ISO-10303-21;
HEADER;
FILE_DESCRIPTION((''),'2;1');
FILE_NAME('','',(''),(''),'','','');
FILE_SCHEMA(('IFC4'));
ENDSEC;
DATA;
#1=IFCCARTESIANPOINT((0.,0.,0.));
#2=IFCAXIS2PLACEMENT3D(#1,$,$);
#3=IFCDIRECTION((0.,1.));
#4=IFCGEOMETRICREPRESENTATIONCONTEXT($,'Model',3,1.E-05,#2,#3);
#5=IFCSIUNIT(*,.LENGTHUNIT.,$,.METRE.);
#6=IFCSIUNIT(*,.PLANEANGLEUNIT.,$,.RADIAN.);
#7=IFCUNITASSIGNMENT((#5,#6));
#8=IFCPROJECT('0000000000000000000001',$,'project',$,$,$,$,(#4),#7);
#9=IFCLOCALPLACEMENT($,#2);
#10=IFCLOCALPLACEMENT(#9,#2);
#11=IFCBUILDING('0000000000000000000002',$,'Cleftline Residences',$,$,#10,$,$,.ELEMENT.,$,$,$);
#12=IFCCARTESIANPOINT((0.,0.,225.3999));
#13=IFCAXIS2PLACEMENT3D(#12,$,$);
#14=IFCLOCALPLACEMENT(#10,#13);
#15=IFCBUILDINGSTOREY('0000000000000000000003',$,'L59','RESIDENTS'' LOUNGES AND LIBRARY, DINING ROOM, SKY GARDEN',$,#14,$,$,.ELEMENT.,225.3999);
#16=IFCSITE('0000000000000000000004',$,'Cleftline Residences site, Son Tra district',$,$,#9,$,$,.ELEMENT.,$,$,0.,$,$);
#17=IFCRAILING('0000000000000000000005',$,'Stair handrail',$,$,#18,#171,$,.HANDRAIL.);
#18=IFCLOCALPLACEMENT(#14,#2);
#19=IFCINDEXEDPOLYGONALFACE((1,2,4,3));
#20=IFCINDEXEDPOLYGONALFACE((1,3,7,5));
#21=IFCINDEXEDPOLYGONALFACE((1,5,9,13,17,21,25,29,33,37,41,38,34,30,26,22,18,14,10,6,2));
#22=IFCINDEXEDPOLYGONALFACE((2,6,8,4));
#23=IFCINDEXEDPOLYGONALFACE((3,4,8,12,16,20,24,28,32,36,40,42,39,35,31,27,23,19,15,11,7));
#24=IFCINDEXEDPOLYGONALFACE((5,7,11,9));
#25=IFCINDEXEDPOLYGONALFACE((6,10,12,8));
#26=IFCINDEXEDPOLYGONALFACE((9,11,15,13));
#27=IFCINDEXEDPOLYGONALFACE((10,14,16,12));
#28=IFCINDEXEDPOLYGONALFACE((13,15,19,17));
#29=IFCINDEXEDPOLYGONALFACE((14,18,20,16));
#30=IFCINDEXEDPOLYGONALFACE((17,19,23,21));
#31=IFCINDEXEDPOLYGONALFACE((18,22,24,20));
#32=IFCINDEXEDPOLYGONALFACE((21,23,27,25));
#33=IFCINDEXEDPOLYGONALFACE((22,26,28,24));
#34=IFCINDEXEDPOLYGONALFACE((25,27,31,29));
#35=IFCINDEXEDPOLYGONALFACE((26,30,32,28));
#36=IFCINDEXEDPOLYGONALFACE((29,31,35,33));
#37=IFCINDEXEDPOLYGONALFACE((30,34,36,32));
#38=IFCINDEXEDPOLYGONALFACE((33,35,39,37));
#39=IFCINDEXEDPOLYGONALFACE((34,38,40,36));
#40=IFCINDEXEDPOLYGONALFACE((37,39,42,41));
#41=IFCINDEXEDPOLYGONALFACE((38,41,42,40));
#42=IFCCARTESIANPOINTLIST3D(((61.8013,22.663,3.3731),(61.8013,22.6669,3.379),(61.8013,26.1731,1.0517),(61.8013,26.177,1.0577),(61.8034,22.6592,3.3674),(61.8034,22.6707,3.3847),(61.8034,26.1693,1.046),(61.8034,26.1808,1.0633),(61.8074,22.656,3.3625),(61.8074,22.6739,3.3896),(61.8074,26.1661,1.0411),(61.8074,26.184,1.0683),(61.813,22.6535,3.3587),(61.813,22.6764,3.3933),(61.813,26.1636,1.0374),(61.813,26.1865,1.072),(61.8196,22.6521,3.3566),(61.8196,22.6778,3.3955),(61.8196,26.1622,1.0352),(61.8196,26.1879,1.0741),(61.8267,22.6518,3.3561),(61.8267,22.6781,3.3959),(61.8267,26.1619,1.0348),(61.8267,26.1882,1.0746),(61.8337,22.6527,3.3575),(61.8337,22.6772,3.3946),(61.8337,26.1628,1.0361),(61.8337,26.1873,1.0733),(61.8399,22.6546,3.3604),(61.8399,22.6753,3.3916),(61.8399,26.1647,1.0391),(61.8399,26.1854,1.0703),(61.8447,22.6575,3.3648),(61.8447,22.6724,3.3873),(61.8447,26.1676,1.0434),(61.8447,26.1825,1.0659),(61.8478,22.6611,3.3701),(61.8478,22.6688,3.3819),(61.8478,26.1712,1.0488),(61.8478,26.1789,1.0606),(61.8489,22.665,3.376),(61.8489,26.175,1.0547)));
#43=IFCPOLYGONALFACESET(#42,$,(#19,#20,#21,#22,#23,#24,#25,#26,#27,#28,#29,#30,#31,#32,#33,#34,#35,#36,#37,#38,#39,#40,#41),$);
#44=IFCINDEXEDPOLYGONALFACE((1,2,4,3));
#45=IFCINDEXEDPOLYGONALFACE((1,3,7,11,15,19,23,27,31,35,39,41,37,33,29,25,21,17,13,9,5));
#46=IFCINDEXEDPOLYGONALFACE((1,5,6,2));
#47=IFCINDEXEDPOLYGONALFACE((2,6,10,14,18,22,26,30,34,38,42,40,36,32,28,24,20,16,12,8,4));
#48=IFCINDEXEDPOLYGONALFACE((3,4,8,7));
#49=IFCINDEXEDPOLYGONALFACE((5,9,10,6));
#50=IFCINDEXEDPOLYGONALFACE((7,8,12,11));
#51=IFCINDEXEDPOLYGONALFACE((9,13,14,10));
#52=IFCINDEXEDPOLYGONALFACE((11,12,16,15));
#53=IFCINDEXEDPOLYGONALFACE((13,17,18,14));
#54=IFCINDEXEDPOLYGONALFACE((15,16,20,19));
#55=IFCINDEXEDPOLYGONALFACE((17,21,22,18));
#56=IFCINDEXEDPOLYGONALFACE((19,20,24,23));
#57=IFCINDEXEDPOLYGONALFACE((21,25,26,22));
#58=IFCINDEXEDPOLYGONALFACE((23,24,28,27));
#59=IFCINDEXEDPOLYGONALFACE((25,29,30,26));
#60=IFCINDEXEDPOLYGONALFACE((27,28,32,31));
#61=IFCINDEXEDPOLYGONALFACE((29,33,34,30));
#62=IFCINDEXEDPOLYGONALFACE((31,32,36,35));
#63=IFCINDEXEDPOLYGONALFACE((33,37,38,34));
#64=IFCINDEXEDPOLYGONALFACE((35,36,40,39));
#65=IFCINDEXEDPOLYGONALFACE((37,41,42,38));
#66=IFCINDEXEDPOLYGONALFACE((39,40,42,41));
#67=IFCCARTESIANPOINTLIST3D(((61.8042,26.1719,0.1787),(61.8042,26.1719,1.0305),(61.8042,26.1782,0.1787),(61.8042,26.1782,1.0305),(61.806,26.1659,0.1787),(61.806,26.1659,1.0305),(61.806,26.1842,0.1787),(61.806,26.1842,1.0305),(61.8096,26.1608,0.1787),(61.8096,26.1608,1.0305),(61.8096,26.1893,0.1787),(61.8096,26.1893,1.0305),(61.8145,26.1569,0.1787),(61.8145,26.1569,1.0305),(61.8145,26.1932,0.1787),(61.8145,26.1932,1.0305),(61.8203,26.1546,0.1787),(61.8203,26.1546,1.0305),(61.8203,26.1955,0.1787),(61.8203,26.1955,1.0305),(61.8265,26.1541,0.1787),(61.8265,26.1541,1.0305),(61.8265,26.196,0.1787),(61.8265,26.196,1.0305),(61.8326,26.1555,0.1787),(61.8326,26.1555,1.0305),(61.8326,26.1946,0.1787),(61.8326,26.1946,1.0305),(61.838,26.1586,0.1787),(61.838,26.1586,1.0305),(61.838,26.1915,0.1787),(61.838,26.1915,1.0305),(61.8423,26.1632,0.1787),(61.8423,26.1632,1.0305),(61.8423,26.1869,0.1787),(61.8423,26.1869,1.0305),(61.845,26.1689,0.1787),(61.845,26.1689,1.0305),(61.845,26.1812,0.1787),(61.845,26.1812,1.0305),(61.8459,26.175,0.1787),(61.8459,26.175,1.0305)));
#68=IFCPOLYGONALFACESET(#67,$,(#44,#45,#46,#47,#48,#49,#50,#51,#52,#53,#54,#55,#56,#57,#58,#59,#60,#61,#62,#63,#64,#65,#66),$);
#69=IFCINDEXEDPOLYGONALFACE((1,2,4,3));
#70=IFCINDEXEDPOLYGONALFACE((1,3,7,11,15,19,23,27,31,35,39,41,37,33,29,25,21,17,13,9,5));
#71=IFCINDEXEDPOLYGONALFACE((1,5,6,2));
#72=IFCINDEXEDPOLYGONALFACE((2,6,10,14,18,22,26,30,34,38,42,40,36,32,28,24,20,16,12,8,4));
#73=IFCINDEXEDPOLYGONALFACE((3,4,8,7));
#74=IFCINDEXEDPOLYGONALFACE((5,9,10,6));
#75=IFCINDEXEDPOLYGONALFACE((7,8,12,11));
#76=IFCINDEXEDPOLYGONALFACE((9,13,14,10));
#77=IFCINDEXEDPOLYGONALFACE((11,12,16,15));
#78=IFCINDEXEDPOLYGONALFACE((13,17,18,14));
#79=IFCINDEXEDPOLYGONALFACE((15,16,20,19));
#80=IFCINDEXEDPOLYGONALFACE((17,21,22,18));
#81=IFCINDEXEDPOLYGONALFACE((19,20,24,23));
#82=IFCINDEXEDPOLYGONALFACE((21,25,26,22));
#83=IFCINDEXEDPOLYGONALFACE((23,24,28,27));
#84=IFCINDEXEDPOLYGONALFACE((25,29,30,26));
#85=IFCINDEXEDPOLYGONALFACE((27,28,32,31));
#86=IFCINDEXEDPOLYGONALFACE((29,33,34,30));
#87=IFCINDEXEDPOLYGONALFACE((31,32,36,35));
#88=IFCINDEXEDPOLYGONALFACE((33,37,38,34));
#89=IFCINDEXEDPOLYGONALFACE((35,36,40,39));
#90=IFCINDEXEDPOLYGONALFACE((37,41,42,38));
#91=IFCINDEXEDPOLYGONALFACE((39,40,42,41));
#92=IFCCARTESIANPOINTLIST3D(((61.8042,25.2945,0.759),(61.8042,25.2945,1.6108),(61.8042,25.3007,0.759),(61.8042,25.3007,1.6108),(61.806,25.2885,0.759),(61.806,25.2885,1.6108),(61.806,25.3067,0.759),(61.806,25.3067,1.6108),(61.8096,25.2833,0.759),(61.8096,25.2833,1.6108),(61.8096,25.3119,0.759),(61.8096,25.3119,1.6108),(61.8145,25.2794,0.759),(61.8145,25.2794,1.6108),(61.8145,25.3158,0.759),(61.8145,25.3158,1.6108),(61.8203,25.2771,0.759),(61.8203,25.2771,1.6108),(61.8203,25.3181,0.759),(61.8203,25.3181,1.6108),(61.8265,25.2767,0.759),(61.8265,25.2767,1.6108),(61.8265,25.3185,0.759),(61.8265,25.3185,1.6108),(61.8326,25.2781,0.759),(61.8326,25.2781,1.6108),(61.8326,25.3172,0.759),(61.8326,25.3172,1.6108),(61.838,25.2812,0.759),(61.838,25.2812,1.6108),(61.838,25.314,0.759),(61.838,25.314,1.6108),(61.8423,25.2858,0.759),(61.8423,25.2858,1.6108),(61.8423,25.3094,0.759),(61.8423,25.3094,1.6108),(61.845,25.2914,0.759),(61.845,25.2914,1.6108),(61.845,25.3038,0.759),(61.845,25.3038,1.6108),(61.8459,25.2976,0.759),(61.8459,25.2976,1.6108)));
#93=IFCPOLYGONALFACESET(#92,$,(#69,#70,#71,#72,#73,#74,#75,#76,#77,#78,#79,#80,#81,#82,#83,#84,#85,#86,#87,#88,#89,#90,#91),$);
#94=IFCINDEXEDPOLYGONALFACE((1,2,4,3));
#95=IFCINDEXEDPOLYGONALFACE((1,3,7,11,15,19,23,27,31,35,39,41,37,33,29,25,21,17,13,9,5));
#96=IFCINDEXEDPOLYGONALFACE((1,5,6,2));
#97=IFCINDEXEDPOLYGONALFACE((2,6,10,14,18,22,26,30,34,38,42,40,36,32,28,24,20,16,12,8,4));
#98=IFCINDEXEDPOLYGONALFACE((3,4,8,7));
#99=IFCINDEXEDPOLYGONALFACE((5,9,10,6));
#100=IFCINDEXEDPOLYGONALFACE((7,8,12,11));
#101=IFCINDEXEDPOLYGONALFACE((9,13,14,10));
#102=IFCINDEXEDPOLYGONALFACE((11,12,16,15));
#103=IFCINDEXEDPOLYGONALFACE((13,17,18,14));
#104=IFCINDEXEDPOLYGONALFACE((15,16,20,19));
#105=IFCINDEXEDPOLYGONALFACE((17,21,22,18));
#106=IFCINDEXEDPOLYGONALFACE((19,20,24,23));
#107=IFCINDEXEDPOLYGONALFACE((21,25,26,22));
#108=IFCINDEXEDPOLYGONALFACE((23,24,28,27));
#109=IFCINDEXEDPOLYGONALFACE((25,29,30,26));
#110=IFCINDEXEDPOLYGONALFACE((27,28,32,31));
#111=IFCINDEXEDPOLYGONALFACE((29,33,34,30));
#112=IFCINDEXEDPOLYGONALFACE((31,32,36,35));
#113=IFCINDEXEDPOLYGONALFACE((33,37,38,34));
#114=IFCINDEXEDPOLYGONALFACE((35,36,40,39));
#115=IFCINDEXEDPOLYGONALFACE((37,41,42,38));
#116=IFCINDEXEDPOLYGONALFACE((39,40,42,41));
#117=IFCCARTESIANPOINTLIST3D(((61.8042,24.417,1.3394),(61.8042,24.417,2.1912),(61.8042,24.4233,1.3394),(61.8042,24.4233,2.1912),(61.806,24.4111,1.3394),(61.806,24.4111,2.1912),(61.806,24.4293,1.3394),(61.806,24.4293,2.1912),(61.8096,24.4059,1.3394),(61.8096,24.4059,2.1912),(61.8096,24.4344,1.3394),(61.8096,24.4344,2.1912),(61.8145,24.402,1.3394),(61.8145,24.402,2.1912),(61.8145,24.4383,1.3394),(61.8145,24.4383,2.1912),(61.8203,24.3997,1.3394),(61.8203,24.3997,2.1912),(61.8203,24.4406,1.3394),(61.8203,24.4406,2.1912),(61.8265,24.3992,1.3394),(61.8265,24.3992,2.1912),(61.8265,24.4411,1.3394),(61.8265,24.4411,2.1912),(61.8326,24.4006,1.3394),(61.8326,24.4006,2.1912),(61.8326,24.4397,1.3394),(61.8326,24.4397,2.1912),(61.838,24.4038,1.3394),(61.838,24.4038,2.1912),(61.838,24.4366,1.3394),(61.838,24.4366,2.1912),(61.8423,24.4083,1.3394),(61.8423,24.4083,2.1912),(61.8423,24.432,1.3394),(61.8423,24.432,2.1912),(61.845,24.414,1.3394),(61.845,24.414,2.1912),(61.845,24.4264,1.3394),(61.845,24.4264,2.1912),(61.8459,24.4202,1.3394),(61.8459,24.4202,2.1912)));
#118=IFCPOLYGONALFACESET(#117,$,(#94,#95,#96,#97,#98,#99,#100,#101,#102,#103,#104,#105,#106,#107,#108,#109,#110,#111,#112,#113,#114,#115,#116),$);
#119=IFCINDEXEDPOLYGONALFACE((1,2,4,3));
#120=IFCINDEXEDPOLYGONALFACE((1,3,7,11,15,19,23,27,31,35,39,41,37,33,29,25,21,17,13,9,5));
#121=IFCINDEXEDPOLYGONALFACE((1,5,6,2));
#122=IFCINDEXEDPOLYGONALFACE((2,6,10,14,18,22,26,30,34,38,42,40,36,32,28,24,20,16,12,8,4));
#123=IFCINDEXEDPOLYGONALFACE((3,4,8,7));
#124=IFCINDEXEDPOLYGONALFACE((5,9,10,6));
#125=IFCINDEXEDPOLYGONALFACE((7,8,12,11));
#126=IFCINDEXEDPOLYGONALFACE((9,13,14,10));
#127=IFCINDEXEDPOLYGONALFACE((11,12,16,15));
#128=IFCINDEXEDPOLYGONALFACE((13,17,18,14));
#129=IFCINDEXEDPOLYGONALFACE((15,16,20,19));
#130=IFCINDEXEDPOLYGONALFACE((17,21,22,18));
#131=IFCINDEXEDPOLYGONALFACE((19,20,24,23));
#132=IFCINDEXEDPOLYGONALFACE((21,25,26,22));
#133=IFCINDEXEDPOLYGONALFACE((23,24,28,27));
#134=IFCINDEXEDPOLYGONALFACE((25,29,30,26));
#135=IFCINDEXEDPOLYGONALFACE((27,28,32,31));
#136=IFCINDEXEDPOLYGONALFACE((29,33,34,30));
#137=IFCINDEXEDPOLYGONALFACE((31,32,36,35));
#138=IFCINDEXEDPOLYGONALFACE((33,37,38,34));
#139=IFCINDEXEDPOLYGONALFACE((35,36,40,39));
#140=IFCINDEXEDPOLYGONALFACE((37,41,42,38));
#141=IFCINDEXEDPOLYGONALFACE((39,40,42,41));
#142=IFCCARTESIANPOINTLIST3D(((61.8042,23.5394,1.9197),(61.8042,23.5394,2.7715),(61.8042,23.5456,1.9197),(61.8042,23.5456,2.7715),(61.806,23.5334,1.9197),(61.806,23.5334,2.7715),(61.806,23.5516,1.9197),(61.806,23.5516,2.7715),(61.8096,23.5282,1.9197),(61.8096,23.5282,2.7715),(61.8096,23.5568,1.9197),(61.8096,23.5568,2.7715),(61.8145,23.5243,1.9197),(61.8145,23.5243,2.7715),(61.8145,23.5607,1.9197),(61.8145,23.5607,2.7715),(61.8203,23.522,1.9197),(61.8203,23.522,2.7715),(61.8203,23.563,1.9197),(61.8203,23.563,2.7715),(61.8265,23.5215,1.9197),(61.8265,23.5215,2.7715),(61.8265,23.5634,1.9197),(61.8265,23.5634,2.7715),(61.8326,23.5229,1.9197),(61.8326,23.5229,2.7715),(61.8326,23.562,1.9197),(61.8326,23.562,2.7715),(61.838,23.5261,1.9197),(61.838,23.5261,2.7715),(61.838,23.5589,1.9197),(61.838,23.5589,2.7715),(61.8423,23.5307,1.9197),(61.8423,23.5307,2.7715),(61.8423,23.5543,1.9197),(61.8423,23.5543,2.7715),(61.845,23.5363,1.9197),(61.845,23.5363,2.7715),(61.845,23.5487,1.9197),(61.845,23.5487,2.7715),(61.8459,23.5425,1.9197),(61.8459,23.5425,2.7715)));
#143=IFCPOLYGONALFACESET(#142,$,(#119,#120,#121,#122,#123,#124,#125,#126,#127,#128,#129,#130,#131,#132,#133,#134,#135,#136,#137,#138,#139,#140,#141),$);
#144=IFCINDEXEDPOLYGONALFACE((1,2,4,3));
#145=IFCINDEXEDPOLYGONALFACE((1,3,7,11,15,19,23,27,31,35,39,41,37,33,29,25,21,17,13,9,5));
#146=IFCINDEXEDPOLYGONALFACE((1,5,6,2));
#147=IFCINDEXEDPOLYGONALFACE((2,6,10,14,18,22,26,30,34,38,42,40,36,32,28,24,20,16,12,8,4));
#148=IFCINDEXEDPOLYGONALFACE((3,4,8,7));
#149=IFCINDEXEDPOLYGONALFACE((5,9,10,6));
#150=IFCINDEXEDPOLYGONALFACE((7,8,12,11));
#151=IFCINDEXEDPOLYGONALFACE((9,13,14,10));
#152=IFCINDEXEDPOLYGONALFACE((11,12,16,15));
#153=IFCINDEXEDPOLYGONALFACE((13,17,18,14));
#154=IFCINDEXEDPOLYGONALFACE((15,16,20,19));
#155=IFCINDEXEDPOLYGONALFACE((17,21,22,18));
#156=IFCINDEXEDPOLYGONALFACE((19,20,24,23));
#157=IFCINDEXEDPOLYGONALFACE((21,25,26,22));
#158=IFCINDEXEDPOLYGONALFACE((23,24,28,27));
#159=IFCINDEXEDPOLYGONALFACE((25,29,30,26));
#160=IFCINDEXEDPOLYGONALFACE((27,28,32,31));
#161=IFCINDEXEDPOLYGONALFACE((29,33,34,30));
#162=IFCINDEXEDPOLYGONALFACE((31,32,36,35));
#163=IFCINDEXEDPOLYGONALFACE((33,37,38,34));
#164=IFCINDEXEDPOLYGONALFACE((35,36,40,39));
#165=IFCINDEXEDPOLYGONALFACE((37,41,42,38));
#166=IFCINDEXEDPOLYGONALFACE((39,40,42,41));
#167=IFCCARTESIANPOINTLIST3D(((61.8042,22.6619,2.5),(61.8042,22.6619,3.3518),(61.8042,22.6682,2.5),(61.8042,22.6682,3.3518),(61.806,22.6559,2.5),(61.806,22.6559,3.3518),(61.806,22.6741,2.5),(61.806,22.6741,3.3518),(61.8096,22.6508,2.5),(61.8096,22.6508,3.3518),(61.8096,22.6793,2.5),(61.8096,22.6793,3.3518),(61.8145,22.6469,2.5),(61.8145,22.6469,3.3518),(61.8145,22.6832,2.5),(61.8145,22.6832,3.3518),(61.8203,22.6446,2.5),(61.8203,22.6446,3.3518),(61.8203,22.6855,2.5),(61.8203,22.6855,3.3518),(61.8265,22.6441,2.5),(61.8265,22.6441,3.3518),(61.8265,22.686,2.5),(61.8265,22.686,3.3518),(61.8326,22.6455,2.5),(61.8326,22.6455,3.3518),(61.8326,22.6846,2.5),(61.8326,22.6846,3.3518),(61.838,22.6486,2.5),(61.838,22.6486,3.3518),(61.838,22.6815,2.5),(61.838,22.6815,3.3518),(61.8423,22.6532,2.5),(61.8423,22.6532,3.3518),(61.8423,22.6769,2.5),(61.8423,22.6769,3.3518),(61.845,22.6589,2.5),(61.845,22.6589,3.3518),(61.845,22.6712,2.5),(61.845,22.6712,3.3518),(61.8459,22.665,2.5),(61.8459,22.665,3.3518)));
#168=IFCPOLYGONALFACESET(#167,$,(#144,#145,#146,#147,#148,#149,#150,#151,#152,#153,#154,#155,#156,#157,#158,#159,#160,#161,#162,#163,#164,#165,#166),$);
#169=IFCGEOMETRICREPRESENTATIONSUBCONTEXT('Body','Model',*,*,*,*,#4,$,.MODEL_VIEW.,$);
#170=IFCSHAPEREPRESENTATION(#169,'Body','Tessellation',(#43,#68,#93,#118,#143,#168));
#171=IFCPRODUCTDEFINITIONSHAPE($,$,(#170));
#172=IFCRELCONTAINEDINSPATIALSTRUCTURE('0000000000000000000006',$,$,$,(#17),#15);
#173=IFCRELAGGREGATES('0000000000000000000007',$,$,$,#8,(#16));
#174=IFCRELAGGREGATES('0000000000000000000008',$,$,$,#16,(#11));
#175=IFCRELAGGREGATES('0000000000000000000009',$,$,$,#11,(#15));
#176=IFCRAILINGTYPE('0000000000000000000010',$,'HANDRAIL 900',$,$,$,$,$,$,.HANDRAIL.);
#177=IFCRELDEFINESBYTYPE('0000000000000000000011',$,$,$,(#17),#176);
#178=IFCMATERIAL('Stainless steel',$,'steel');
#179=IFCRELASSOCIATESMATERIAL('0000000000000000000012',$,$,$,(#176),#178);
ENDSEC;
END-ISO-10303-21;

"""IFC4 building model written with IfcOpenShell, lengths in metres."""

from ifc_helpers import new_model, si_unit, direction, frame, origin, origin_2d, place, context, subcontext, project, spatial, circle, extrude, material, type_object, element, save


model = new_model("IFC4")

# Units and contexts
model_context = context("Model", 3, precision=1e-05, world=origin(), true_north=direction((0.0, 1.0)))
body_context = subcontext(model_context, "Body", "Model", "MODEL_VIEW")
ifc_project = project(units=[si_unit("LENGTHUNIT", "METRE"), si_unit("PLANEANGLEUNIT", "RADIAN")], contexts=[model_context])

# Site, building, storey
site_placement = place(None, origin())
site = spatial("IfcSite", under=ifc_project, at=site_placement, Name="Cleftline Residences site, Son Tra district", CompositionType="ELEMENT", RefElevation=0.0)
building_placement = place(site_placement, origin())
building = spatial("IfcBuilding", under=site, at=building_placement, Name="Cleftline Residences", CompositionType="ELEMENT")
storey_placement = place(building_placement, frame((0.0, 0.0, 225.3999)))
storey = spatial("IfcBuildingStorey", under=building, at=storey_placement, Name="L59", Description="RESIDENTS' LOUNGES AND LIBRARY, DINING ROOM, SKY GARDEN", CompositionType="ELEMENT", Elevation=225.3999)

# Railing
ifc_material_1 = material(Name="Stainless steel", Category="steel")
railing_type = type_object("IfcRailingType", Name="HANDRAIL 900", PredefinedType="HANDRAIL", material=ifc_material_1)
railing_placement = place(storey_placement, frame((61.825, 26.175, 0.1787)))
element("IfcRailing", 1, at=railing_placement, inside=storey, type_object=railing_type, Name="Stair handrail", PredefinedType="HANDRAIL", context=body_context, shape_type="SweptSolid", body=[
    extrude(circle(Radius=0.0239, at=origin_2d()), frame((0.0, 0.0, 0.876), z_axis=(0.0, -0.834097, 0.551617), x_axis=(1.0, 0.0, 0.0)), (0.0, 0.0, 1.0), 4.2083),
    extrude(circle(Radius=0.021, at=origin_2d()), origin(), (0.0, 0.0, 1.0), 0.8518),
    extrude(circle(Radius=0.021, at=origin_2d()), frame((0.0, -0.8774, 0.5803)), (0.0, 0.0, 1.0), 0.8518),
    extrude(circle(Radius=0.021, at=origin_2d()), frame((0.0, -1.7549, 1.1606)), (0.0, 0.0, 1.0), 0.8518),
    extrude(circle(Radius=0.021, at=origin_2d()), frame((0.0, -2.6326, 1.741)), (0.0, 0.0, 1.0), 0.8518),
    extrude(circle(Radius=0.021, at=origin_2d()), frame((0.0, -3.51, 2.3213)), (0.0, 0.0, 1.0), 0.8518),
])

save(model, "model.ifc")
